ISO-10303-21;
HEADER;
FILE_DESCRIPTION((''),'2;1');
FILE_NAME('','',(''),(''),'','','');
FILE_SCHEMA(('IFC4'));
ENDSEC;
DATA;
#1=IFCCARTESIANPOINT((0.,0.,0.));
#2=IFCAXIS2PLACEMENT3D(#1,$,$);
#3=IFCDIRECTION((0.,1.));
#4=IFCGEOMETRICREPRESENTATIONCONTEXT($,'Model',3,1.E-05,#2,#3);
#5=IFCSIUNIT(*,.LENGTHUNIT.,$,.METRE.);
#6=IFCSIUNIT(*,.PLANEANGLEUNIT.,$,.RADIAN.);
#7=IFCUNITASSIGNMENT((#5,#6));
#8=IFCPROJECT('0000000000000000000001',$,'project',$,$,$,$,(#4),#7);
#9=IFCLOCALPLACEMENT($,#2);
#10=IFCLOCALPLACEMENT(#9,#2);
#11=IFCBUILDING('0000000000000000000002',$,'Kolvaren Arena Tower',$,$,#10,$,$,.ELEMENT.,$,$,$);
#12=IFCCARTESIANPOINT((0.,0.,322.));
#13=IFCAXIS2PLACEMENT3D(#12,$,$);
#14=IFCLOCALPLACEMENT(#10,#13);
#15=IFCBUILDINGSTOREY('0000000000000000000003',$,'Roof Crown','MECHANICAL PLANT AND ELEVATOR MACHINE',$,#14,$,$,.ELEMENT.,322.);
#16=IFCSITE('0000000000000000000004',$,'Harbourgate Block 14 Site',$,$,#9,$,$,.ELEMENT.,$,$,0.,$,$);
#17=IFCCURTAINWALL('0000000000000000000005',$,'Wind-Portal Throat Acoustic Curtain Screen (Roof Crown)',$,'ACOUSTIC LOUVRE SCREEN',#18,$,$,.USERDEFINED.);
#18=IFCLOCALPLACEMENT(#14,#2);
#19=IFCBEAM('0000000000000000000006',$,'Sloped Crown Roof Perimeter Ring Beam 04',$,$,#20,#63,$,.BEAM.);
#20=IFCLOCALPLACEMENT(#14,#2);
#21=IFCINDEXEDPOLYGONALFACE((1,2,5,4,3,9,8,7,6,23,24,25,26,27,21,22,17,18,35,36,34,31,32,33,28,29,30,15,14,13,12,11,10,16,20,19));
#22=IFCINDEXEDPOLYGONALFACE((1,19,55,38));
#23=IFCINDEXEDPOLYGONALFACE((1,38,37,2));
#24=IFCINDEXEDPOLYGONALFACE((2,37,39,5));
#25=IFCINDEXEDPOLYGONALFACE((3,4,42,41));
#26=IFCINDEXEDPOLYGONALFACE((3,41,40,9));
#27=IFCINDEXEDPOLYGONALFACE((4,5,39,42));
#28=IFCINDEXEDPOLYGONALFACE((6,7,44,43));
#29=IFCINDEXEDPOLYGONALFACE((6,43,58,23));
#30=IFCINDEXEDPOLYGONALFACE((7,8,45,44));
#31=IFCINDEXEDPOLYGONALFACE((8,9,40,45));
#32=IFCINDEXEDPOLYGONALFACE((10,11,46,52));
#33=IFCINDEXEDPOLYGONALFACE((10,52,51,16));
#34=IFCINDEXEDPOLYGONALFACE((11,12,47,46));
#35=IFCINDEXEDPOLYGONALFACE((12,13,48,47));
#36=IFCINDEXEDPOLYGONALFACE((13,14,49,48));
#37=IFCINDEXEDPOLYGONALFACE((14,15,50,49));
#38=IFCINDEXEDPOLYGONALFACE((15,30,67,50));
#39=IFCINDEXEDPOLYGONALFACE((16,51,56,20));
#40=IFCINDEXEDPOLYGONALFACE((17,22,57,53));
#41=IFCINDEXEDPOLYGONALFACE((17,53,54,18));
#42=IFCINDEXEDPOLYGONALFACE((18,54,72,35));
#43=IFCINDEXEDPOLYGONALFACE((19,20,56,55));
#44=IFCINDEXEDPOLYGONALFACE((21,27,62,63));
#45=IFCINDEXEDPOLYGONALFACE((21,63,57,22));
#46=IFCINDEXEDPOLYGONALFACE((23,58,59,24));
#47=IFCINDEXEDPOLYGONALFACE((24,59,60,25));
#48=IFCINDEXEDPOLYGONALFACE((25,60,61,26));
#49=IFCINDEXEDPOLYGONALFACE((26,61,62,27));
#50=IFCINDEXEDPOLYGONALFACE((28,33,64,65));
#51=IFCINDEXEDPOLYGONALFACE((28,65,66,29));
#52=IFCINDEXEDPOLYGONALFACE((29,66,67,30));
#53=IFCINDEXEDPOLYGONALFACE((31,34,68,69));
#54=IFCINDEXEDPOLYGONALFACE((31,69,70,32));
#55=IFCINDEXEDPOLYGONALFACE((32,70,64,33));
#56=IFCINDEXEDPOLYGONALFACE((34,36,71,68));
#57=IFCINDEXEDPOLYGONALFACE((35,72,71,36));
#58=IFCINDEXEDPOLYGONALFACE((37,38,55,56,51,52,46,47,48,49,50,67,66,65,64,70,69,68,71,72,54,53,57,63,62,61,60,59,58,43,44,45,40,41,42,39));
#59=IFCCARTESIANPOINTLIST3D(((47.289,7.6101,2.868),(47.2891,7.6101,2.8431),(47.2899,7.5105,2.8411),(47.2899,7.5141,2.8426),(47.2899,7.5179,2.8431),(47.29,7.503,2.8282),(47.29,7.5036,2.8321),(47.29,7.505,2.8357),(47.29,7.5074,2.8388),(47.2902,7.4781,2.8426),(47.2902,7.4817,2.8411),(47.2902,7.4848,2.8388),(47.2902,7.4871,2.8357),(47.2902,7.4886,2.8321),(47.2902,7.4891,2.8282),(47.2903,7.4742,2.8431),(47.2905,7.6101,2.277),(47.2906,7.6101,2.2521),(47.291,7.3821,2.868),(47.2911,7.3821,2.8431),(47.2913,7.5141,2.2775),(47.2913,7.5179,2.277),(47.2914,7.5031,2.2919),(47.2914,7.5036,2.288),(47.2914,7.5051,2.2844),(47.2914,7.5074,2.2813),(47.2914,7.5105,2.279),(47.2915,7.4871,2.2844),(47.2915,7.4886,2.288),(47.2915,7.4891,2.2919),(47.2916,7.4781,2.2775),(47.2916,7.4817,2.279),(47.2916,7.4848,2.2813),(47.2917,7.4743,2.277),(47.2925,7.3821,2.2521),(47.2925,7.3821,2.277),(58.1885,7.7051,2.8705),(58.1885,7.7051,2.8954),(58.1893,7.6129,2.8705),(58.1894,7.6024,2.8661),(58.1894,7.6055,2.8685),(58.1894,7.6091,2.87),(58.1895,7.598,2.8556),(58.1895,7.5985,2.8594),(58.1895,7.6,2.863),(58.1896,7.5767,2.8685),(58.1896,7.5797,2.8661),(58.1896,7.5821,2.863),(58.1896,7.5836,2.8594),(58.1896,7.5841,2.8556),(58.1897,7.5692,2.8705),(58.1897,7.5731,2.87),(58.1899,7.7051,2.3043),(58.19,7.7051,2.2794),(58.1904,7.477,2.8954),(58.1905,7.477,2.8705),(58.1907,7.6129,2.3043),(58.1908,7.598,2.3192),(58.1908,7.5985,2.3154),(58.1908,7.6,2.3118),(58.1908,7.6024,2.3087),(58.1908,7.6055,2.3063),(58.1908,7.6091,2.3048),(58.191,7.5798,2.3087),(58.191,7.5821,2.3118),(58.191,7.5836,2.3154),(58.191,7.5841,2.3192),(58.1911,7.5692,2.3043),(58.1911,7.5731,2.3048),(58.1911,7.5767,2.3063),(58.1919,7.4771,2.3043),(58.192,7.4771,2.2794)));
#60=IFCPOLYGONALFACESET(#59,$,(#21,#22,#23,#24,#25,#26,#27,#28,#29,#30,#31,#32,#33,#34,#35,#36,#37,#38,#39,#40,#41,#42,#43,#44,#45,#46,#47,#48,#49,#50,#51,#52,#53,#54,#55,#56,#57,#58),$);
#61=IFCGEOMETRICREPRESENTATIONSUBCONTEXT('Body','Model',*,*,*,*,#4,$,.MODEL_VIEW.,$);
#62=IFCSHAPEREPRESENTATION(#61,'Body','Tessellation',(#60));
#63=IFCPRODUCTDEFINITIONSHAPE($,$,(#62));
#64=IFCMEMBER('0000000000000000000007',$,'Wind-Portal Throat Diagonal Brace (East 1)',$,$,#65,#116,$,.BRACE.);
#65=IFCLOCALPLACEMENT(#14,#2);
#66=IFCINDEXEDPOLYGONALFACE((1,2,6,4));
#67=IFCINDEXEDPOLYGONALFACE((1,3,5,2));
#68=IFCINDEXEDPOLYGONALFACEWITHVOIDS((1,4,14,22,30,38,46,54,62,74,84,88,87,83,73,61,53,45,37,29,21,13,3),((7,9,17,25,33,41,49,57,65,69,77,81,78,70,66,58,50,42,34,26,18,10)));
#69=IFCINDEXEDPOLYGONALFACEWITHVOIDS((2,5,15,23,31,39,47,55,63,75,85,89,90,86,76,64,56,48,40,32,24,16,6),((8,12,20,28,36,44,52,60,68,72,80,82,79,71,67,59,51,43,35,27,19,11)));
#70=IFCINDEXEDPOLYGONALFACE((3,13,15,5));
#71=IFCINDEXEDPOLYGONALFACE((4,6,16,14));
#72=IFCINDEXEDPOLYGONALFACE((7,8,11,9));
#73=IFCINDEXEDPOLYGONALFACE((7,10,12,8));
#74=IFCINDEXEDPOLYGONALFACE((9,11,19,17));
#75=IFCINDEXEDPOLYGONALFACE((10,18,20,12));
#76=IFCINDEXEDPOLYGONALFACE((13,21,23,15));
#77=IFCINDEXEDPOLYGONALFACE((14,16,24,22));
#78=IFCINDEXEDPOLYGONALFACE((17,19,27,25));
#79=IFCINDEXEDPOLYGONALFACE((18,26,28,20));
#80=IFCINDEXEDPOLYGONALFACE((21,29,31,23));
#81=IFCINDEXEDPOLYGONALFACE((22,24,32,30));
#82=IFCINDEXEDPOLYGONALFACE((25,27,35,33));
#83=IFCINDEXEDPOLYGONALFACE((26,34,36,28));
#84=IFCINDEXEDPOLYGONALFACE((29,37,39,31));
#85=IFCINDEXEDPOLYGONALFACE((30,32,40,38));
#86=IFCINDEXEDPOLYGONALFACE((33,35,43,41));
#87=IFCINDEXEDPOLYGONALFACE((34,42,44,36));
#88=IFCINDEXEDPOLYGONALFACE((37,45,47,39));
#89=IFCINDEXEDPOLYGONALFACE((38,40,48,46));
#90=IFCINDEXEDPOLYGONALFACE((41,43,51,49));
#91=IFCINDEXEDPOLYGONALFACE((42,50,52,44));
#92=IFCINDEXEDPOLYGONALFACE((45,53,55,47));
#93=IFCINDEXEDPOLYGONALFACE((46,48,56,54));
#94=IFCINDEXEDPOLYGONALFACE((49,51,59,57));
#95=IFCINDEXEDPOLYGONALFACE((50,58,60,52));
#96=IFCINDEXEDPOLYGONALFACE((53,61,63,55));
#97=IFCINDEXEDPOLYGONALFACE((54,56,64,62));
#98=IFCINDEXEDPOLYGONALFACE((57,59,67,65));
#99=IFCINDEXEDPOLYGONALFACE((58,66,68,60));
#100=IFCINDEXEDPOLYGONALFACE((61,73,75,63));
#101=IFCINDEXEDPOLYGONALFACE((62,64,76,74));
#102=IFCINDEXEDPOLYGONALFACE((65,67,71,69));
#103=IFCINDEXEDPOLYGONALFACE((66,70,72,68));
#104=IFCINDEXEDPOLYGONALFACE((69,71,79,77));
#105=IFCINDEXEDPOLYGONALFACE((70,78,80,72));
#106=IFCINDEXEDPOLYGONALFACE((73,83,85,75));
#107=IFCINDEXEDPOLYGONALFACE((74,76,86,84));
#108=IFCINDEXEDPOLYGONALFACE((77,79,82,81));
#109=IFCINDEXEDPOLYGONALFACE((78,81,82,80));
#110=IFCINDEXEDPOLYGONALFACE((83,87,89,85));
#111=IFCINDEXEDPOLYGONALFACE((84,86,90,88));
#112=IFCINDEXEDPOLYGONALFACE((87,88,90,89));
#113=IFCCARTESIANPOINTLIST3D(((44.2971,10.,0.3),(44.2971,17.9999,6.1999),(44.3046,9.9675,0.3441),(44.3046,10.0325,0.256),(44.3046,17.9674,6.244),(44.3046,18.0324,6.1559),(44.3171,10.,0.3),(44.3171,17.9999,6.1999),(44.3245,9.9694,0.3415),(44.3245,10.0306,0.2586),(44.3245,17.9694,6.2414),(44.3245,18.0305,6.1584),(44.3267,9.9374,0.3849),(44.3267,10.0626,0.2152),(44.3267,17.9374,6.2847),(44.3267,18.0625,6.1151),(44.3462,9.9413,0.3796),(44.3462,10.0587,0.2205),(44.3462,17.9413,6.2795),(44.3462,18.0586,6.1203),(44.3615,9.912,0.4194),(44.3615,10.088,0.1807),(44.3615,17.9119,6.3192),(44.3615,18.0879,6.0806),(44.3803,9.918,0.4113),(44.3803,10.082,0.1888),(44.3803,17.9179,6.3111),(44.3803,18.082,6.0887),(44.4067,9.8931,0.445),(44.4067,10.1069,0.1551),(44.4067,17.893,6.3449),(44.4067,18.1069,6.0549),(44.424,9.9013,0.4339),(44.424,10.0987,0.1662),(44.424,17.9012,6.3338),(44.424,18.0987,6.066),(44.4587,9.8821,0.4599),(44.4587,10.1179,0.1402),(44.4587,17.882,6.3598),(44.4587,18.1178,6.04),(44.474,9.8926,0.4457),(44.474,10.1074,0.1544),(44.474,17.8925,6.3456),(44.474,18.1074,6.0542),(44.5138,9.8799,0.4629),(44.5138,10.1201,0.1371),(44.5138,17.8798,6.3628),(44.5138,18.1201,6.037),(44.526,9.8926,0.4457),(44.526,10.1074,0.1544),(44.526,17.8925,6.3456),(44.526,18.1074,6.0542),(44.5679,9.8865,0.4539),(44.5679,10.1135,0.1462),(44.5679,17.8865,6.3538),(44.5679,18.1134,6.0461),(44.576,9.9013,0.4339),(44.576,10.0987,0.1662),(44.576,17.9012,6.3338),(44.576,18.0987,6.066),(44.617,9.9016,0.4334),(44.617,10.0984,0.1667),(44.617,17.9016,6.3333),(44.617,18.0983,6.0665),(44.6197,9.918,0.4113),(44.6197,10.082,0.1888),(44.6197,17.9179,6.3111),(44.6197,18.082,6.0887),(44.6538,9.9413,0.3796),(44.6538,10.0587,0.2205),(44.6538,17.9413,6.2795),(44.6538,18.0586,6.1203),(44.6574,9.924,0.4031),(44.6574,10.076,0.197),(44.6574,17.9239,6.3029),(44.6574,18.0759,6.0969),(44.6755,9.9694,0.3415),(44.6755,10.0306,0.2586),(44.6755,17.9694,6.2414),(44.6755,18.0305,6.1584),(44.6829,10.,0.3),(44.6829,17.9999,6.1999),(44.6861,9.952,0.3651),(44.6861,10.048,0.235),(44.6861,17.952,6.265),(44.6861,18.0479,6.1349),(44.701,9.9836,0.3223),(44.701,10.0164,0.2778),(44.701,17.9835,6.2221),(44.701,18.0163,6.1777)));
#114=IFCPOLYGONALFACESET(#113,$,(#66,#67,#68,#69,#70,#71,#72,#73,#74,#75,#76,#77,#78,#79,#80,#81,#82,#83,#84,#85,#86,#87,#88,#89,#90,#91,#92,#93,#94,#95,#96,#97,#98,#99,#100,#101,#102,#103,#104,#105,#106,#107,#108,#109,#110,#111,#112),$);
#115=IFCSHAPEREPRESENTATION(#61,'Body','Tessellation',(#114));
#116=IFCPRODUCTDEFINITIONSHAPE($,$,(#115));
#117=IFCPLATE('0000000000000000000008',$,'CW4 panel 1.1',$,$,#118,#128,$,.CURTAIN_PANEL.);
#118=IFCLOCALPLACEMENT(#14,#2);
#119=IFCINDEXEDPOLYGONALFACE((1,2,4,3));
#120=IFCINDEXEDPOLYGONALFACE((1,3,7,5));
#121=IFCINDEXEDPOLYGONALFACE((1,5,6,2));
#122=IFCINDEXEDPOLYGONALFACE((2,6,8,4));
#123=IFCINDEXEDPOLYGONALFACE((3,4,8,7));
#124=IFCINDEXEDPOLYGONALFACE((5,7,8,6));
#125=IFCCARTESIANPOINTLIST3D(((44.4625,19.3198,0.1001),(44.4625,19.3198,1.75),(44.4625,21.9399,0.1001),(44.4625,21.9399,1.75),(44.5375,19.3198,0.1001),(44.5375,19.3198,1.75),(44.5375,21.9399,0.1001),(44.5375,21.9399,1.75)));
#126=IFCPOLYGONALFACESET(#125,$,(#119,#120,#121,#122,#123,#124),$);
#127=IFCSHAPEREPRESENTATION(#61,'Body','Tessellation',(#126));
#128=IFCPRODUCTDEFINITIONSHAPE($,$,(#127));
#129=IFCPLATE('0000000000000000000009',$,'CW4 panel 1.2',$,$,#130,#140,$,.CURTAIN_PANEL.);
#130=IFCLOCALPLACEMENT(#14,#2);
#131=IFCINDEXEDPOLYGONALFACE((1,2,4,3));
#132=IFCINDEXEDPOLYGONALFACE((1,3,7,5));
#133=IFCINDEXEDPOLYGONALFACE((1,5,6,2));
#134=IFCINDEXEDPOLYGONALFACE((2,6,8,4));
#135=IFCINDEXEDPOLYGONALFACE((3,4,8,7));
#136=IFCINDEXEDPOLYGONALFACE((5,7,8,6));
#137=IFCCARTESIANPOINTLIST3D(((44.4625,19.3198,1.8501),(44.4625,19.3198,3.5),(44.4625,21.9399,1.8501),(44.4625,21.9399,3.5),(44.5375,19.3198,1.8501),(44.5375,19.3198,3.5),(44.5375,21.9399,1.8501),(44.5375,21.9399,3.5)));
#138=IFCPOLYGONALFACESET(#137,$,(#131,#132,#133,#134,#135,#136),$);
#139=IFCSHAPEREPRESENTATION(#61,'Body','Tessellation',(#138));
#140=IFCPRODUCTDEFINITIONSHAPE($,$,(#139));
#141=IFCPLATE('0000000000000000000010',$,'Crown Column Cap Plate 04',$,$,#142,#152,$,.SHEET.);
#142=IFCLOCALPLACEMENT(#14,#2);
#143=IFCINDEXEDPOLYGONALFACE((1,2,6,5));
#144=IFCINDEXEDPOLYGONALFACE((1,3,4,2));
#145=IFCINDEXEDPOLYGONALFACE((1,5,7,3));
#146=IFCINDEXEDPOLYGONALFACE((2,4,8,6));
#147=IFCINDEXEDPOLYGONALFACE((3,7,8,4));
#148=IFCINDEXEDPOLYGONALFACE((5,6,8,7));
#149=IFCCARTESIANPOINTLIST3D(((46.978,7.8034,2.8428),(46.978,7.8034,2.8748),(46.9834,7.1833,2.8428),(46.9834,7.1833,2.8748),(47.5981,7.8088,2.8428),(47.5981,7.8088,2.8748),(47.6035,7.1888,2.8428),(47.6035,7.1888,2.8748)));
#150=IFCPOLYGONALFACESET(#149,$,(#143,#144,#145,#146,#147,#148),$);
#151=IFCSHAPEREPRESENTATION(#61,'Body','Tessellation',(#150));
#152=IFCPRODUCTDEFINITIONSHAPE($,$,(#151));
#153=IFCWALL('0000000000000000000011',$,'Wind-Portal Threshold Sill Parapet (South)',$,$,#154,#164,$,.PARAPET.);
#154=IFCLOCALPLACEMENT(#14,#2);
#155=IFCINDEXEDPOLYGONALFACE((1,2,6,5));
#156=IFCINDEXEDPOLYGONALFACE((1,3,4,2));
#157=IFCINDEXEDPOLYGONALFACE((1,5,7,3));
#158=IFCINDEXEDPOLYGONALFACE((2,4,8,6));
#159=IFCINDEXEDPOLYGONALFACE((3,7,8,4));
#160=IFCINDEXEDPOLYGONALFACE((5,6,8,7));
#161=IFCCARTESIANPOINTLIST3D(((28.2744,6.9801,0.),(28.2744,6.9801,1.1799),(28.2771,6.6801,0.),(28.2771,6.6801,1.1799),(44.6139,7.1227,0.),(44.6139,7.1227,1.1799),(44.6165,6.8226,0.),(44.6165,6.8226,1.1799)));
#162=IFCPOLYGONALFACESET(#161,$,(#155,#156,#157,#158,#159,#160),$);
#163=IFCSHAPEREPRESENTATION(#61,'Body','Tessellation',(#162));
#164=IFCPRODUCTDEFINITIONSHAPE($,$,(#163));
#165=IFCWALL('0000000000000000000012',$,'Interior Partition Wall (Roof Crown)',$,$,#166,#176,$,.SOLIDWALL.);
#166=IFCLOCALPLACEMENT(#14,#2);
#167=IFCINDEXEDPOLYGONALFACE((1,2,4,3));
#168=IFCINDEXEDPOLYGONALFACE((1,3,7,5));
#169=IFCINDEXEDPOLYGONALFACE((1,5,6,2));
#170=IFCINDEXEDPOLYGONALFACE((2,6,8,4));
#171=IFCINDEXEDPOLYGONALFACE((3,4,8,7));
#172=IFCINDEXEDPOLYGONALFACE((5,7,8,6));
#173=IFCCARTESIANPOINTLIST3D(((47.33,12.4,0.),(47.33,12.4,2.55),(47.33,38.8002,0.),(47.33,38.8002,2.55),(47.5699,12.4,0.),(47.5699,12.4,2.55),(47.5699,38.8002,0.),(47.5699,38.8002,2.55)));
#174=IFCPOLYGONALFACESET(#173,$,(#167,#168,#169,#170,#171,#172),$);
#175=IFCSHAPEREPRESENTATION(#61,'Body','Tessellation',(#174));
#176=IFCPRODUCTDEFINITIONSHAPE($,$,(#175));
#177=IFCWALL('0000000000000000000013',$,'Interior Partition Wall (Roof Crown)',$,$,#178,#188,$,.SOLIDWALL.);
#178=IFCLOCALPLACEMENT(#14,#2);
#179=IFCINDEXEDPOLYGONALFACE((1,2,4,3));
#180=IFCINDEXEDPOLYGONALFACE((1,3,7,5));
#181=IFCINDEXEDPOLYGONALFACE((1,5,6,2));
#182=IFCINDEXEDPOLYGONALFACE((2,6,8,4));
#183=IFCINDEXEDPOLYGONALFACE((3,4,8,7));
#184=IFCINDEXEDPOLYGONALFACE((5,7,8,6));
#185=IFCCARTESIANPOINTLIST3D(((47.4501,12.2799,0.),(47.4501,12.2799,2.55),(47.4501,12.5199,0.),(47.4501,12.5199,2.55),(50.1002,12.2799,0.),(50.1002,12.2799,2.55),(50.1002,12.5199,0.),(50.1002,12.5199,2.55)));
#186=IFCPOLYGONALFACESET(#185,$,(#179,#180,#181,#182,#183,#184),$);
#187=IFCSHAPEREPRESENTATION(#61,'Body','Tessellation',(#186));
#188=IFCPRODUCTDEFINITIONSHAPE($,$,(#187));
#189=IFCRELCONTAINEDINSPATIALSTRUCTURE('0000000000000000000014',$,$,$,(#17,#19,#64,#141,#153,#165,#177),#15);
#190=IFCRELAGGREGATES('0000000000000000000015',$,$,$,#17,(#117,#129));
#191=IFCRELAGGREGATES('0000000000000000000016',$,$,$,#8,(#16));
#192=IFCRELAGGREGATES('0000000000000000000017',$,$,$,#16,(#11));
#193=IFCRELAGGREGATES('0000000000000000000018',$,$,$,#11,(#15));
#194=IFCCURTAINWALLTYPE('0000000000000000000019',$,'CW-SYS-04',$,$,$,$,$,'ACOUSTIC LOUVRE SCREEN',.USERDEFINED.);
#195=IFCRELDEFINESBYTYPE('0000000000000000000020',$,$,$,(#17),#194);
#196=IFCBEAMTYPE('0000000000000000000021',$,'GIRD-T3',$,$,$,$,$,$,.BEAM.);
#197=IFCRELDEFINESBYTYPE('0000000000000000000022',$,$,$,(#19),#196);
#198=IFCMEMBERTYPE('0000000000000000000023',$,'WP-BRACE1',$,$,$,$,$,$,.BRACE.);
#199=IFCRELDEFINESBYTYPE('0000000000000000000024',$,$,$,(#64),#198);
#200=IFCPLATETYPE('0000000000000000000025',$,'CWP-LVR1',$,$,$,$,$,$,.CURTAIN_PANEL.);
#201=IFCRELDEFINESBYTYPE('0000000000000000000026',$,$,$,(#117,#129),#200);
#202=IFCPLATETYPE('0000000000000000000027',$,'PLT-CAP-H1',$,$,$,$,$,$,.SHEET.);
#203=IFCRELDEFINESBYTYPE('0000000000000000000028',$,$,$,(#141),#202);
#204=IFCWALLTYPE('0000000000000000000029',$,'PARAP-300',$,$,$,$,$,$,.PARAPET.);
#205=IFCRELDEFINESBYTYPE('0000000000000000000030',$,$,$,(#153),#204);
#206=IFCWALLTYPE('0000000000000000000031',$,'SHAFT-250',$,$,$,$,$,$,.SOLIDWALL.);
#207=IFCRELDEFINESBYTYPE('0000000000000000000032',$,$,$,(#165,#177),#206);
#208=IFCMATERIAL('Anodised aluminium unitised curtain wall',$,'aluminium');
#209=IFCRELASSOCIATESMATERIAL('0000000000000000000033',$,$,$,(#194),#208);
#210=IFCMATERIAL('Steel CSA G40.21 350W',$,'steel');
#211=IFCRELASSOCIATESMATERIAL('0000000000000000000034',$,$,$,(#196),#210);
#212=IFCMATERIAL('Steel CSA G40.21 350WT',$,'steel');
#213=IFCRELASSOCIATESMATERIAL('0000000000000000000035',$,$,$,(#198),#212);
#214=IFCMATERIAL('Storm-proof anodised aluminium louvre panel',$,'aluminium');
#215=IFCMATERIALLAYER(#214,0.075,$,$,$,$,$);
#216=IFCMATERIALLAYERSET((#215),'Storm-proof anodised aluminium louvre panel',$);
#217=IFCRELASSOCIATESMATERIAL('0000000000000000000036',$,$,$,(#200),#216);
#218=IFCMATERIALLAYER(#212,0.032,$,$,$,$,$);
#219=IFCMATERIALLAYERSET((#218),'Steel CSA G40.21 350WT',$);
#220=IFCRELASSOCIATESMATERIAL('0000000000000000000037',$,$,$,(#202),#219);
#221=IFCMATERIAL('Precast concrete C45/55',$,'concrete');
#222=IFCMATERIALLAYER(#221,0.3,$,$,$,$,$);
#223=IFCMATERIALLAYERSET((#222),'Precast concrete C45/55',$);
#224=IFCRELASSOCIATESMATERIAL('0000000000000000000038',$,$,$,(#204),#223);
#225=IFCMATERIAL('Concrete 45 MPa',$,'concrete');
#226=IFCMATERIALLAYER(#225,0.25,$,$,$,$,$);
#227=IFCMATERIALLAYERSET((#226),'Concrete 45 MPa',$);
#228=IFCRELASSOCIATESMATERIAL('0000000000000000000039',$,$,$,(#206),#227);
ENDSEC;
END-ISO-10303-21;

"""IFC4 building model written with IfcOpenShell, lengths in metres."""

from ifc_helpers import new_model, si_unit, direction, frame, frame_2d, origin, origin_2d, place, context, subcontext, project, spatial, rectangle, hollow_circle, i_section, extrude, material, layer, layer_set, material_profile, profile_set, type_object, element, aggregate, save


model = new_model("IFC4")

# Units and contexts
model_context = context("Model", 3, precision=1e-05, world=origin(), true_north=direction((0.0, 1.0)))
body_context = subcontext(model_context, "Body", "Model", "MODEL_VIEW")
ifc_project = project(units=[si_unit("LENGTHUNIT", "METRE"), si_unit("PLANEANGLEUNIT", "RADIAN")], contexts=[model_context])

# Site, building, storey
site_placement = place(None, origin())
site = spatial("IfcSite", under=ifc_project, at=site_placement, Name="Harbourgate Block 14 Site", CompositionType="ELEMENT", RefElevation=0.0)
building_placement = place(site_placement, origin())
building = spatial("IfcBuilding", under=site, at=building_placement, Name="Kolvaren Arena Tower", CompositionType="ELEMENT")
storey_placement = place(building_placement, frame((0.0, 0.0, 322.0)))
storey = spatial("IfcBuildingStorey", under=building, at=storey_placement, Name="Roof Crown", Description="MECHANICAL PLANT AND ELEVATOR MACHINE", CompositionType="ELEMENT", Elevation=322.0)

# Shared definitions
ifc_material_1 = material(Name="Steel CSA G40.21 350WT", Category="steel")

# Curtain wall
ifc_material_2 = material(Name="Anodised aluminium unitised curtain wall", Category="aluminium")
curtain_wall_type = type_object("IfcCurtainWallType", Name="CW-SYS-04", ElementType="ACOUSTIC LOUVRE SCREEN", PredefinedType="USERDEFINED", material=ifc_material_2)
curtain_wall_placement = place(storey_placement, origin())
curtain_wall = element("IfcCurtainWall", 1, at=curtain_wall_placement, inside=storey, type_object=curtain_wall_type, Name="Wind-Portal Throat Acoustic Curtain Screen (Roof Crown)", ObjectType="ACOUSTIC LOUVRE SCREEN", PredefinedType="USERDEFINED")

# Beam
ifc_material_3 = material(Name="Steel CSA G40.21 350W", Category="steel")
ifc_material_profile_1 = material_profile(ifc_material_3, i_section(OverallWidth=0.228, OverallDepth=0.616, WebThickness=0.0139, FlangeThickness=0.0249, FilletRadius=0.0149, at=origin_2d()), Name="W610x174")
ifc_profile_set_1 = profile_set([ifc_material_profile_1], Name="Steel CSA G40.21 350W")
beam_type = type_object("IfcBeamType", Name="GIRD-T3", PredefinedType="BEAM", material=ifc_profile_set_1)
beam_1_placement = place(storey_placement, frame((47.2908, 7.4961, 2.5601), z_axis=(0.999959, 0.008713, 0.002509), x_axis=(-0.008713, 0.999962, 0.0)))
element("IfcBeam", 2, at=beam_1_placement, inside=storey, type_object=beam_type, Name="Sloped Crown Roof Perimeter Ring Beam 04", PredefinedType="BEAM", context=body_context, shape_type="SweptSolid", body=[
    extrude(i_section(OverallWidth=0.228, OverallDepth=0.616, WebThickness=0.0139, FlangeThickness=0.0249, FilletRadius=0.0149, at=origin_2d()), origin(), (0.0, 0.0, 1.0), 10.8999),
])

# Member
ifc_material_profile_2 = material_profile(ifc_material_1, hollow_circle(Radius=0.2029, WallThickness=0.02, at=origin_2d()), Name="CHS 406x20")
ifc_profile_set_2 = profile_set([ifc_material_profile_2], Name="Steel CSA G40.21 350WT")
member_type_1 = type_object("IfcMemberType", Name="WP-BRACE1", PredefinedType="BRACE", material=ifc_profile_set_2)
member_1_placement = place(storey_placement, frame((44.5, 10.0, 0.3), z_axis=(0.0, 0.804808, 0.593536), x_axis=(-1.0, 0.0, 0.0)))
element("IfcMember", 3, at=member_1_placement, inside=storey, type_object=member_type_1, Name="Wind-Portal Throat Diagonal Brace (East 1)", PredefinedType="BRACE", context=body_context, shape_type="SweptSolid", body=[
    extrude(hollow_circle(Radius=0.2029, WallThickness=0.02, at=origin_2d()), origin(), (0.0, 0.0, 1.0), 9.9402),
])

# Plates
ifc_material_4 = material(Name="Storm-proof anodised aluminium louvre panel", Category="aluminium")
ifc_layer_1 = layer(ifc_material_4, 0.075)
ifc_layer_set_1 = layer_set([ifc_layer_1], Name="Storm-proof anodised aluminium louvre panel")
plate_type_1 = type_object("IfcPlateType", Name="CWP-LVR1", PredefinedType="CURTAIN_PANEL", material=ifc_layer_set_1)
plate_1_placement = place(storey_placement, frame((44.5, 20.6299, 0.1001), z_axis=(0.0, 0.0, 1.0), x_axis=(0.0, 1.0, 0.0)))
plate_1 = element("IfcPlate", 4, at=plate_1_placement, type_object=plate_type_1, Name="CW4 panel 1.1", PredefinedType="CURTAIN_PANEL", context=body_context, shape_type="SweptSolid", body=[
    extrude(rectangle(XDim=2.6201, YDim=0.075, at=origin_2d()), origin(), (0.0, 0.0, 1.0), 1.6499),
])
plate_2_placement = place(storey_placement, frame((44.5, 20.6299, 1.8501), z_axis=(0.0, 0.0, 1.0), x_axis=(0.0, 1.0, 0.0)))
plate_2 = element("IfcPlate", 5, at=plate_2_placement, type_object=plate_type_1, Name="CW4 panel 1.2", PredefinedType="CURTAIN_PANEL", context=body_context, shape_type="SweptSolid", body=[
    extrude(rectangle(XDim=2.6201, YDim=0.075, at=origin_2d()), origin(), (0.0, 0.0, 1.0), 1.6499),
])
aggregate(curtain_wall, [plate_1, plate_2])
ifc_layer_2 = layer(ifc_material_1, 0.032)
ifc_layer_set_2 = layer_set([ifc_layer_2], Name="Steel CSA G40.21 350WT")
plate_type_2 = type_object("IfcPlateType", Name="PLT-CAP-H1", PredefinedType="SHEET", material=ifc_layer_set_2)
plate_3_placement = place(storey_placement, frame((47.2908, 7.4961, 2.8428), z_axis=(0.0, 0.0, 1.0), x_axis=(0.999962, 0.008727, 0.0)))
element("IfcPlate", 6, at=plate_3_placement, inside=storey, type_object=plate_type_2, Name="Crown Column Cap Plate 04", PredefinedType="SHEET", context=body_context, shape_type="SweptSolid", body=[
    extrude(rectangle(XDim=0.6201, YDim=0.6201, at=origin_2d()), origin(), (0.0, 0.0, 1.0), 0.032),
])

# Walls
ifc_material_5 = material(Name="Precast concrete C45/55", Category="concrete")
ifc_layer_3 = layer(ifc_material_5, 0.3)
ifc_layer_set_3 = layer_set([ifc_layer_3], Name="Precast concrete C45/55")
wall_type_1 = type_object("IfcWallType", Name="PARAP-300", PredefinedType="PARAPET", material=ifc_layer_set_3)
wall_1_placement = place(storey_placement, frame((28.2759, 6.8301, 0.0), z_axis=(0.0, 0.0, 1.0), x_axis=(0.999962, 0.008726, 0.0)))
element("IfcWall", 7, at=wall_1_placement, inside=storey, type_object=wall_type_1, Name="Wind-Portal Threshold Sill Parapet (South)", PredefinedType="PARAPET", context=body_context, shape_type="SweptSolid", body=[
    extrude(rectangle(XDim=16.3401, YDim=0.3, at=frame_2d((8.1699, 0.0))), origin(), (0.0, 0.0, 1.0), 1.1799),
])
ifc_material_6 = material(Name="Concrete 45 MPa", Category="concrete")
ifc_layer_4 = layer(ifc_material_6, 0.25)
ifc_layer_set_4 = layer_set([ifc_layer_4], Name="Concrete 45 MPa")
wall_type_2 = type_object("IfcWallType", Name="SHAFT-250", PredefinedType="SOLIDWALL", material=ifc_layer_set_4)
wall_2_placement = place(storey_placement, frame((47.45, 12.3999, 0.0), z_axis=(0.0, 0.0, 1.0), x_axis=(0.0, 1.0, 0.0)))
element("IfcWall", 8, at=wall_2_placement, inside=storey, type_object=wall_type_2, Name="Interior Partition Wall (Roof Crown)", PredefinedType="SOLIDWALL", context=body_context, shape_type="SweptSolid", body=[
    extrude(rectangle(XDim=26.4001, YDim=0.24, at=frame_2d((13.2002, 0.0))), origin(), (0.0, 0.0, 1.0), 2.55),
])
wall_3_placement = place(storey_placement, frame((47.45, 12.3999, 0.0), z_axis=(0.0, 0.0, 1.0), x_axis=(1.0, 0.0, 0.0)))
element("IfcWall", 9, at=wall_3_placement, inside=storey, type_object=wall_type_2, Name="Interior Partition Wall (Roof Crown)", PredefinedType="SOLIDWALL", context=body_context, shape_type="SweptSolid", body=[
    extrude(rectangle(XDim=2.6501, YDim=0.24, at=frame_2d((1.3252, 0.0))), origin(), (0.0, 0.0, 1.0), 2.55),
])

save(model, "model.ifc")
